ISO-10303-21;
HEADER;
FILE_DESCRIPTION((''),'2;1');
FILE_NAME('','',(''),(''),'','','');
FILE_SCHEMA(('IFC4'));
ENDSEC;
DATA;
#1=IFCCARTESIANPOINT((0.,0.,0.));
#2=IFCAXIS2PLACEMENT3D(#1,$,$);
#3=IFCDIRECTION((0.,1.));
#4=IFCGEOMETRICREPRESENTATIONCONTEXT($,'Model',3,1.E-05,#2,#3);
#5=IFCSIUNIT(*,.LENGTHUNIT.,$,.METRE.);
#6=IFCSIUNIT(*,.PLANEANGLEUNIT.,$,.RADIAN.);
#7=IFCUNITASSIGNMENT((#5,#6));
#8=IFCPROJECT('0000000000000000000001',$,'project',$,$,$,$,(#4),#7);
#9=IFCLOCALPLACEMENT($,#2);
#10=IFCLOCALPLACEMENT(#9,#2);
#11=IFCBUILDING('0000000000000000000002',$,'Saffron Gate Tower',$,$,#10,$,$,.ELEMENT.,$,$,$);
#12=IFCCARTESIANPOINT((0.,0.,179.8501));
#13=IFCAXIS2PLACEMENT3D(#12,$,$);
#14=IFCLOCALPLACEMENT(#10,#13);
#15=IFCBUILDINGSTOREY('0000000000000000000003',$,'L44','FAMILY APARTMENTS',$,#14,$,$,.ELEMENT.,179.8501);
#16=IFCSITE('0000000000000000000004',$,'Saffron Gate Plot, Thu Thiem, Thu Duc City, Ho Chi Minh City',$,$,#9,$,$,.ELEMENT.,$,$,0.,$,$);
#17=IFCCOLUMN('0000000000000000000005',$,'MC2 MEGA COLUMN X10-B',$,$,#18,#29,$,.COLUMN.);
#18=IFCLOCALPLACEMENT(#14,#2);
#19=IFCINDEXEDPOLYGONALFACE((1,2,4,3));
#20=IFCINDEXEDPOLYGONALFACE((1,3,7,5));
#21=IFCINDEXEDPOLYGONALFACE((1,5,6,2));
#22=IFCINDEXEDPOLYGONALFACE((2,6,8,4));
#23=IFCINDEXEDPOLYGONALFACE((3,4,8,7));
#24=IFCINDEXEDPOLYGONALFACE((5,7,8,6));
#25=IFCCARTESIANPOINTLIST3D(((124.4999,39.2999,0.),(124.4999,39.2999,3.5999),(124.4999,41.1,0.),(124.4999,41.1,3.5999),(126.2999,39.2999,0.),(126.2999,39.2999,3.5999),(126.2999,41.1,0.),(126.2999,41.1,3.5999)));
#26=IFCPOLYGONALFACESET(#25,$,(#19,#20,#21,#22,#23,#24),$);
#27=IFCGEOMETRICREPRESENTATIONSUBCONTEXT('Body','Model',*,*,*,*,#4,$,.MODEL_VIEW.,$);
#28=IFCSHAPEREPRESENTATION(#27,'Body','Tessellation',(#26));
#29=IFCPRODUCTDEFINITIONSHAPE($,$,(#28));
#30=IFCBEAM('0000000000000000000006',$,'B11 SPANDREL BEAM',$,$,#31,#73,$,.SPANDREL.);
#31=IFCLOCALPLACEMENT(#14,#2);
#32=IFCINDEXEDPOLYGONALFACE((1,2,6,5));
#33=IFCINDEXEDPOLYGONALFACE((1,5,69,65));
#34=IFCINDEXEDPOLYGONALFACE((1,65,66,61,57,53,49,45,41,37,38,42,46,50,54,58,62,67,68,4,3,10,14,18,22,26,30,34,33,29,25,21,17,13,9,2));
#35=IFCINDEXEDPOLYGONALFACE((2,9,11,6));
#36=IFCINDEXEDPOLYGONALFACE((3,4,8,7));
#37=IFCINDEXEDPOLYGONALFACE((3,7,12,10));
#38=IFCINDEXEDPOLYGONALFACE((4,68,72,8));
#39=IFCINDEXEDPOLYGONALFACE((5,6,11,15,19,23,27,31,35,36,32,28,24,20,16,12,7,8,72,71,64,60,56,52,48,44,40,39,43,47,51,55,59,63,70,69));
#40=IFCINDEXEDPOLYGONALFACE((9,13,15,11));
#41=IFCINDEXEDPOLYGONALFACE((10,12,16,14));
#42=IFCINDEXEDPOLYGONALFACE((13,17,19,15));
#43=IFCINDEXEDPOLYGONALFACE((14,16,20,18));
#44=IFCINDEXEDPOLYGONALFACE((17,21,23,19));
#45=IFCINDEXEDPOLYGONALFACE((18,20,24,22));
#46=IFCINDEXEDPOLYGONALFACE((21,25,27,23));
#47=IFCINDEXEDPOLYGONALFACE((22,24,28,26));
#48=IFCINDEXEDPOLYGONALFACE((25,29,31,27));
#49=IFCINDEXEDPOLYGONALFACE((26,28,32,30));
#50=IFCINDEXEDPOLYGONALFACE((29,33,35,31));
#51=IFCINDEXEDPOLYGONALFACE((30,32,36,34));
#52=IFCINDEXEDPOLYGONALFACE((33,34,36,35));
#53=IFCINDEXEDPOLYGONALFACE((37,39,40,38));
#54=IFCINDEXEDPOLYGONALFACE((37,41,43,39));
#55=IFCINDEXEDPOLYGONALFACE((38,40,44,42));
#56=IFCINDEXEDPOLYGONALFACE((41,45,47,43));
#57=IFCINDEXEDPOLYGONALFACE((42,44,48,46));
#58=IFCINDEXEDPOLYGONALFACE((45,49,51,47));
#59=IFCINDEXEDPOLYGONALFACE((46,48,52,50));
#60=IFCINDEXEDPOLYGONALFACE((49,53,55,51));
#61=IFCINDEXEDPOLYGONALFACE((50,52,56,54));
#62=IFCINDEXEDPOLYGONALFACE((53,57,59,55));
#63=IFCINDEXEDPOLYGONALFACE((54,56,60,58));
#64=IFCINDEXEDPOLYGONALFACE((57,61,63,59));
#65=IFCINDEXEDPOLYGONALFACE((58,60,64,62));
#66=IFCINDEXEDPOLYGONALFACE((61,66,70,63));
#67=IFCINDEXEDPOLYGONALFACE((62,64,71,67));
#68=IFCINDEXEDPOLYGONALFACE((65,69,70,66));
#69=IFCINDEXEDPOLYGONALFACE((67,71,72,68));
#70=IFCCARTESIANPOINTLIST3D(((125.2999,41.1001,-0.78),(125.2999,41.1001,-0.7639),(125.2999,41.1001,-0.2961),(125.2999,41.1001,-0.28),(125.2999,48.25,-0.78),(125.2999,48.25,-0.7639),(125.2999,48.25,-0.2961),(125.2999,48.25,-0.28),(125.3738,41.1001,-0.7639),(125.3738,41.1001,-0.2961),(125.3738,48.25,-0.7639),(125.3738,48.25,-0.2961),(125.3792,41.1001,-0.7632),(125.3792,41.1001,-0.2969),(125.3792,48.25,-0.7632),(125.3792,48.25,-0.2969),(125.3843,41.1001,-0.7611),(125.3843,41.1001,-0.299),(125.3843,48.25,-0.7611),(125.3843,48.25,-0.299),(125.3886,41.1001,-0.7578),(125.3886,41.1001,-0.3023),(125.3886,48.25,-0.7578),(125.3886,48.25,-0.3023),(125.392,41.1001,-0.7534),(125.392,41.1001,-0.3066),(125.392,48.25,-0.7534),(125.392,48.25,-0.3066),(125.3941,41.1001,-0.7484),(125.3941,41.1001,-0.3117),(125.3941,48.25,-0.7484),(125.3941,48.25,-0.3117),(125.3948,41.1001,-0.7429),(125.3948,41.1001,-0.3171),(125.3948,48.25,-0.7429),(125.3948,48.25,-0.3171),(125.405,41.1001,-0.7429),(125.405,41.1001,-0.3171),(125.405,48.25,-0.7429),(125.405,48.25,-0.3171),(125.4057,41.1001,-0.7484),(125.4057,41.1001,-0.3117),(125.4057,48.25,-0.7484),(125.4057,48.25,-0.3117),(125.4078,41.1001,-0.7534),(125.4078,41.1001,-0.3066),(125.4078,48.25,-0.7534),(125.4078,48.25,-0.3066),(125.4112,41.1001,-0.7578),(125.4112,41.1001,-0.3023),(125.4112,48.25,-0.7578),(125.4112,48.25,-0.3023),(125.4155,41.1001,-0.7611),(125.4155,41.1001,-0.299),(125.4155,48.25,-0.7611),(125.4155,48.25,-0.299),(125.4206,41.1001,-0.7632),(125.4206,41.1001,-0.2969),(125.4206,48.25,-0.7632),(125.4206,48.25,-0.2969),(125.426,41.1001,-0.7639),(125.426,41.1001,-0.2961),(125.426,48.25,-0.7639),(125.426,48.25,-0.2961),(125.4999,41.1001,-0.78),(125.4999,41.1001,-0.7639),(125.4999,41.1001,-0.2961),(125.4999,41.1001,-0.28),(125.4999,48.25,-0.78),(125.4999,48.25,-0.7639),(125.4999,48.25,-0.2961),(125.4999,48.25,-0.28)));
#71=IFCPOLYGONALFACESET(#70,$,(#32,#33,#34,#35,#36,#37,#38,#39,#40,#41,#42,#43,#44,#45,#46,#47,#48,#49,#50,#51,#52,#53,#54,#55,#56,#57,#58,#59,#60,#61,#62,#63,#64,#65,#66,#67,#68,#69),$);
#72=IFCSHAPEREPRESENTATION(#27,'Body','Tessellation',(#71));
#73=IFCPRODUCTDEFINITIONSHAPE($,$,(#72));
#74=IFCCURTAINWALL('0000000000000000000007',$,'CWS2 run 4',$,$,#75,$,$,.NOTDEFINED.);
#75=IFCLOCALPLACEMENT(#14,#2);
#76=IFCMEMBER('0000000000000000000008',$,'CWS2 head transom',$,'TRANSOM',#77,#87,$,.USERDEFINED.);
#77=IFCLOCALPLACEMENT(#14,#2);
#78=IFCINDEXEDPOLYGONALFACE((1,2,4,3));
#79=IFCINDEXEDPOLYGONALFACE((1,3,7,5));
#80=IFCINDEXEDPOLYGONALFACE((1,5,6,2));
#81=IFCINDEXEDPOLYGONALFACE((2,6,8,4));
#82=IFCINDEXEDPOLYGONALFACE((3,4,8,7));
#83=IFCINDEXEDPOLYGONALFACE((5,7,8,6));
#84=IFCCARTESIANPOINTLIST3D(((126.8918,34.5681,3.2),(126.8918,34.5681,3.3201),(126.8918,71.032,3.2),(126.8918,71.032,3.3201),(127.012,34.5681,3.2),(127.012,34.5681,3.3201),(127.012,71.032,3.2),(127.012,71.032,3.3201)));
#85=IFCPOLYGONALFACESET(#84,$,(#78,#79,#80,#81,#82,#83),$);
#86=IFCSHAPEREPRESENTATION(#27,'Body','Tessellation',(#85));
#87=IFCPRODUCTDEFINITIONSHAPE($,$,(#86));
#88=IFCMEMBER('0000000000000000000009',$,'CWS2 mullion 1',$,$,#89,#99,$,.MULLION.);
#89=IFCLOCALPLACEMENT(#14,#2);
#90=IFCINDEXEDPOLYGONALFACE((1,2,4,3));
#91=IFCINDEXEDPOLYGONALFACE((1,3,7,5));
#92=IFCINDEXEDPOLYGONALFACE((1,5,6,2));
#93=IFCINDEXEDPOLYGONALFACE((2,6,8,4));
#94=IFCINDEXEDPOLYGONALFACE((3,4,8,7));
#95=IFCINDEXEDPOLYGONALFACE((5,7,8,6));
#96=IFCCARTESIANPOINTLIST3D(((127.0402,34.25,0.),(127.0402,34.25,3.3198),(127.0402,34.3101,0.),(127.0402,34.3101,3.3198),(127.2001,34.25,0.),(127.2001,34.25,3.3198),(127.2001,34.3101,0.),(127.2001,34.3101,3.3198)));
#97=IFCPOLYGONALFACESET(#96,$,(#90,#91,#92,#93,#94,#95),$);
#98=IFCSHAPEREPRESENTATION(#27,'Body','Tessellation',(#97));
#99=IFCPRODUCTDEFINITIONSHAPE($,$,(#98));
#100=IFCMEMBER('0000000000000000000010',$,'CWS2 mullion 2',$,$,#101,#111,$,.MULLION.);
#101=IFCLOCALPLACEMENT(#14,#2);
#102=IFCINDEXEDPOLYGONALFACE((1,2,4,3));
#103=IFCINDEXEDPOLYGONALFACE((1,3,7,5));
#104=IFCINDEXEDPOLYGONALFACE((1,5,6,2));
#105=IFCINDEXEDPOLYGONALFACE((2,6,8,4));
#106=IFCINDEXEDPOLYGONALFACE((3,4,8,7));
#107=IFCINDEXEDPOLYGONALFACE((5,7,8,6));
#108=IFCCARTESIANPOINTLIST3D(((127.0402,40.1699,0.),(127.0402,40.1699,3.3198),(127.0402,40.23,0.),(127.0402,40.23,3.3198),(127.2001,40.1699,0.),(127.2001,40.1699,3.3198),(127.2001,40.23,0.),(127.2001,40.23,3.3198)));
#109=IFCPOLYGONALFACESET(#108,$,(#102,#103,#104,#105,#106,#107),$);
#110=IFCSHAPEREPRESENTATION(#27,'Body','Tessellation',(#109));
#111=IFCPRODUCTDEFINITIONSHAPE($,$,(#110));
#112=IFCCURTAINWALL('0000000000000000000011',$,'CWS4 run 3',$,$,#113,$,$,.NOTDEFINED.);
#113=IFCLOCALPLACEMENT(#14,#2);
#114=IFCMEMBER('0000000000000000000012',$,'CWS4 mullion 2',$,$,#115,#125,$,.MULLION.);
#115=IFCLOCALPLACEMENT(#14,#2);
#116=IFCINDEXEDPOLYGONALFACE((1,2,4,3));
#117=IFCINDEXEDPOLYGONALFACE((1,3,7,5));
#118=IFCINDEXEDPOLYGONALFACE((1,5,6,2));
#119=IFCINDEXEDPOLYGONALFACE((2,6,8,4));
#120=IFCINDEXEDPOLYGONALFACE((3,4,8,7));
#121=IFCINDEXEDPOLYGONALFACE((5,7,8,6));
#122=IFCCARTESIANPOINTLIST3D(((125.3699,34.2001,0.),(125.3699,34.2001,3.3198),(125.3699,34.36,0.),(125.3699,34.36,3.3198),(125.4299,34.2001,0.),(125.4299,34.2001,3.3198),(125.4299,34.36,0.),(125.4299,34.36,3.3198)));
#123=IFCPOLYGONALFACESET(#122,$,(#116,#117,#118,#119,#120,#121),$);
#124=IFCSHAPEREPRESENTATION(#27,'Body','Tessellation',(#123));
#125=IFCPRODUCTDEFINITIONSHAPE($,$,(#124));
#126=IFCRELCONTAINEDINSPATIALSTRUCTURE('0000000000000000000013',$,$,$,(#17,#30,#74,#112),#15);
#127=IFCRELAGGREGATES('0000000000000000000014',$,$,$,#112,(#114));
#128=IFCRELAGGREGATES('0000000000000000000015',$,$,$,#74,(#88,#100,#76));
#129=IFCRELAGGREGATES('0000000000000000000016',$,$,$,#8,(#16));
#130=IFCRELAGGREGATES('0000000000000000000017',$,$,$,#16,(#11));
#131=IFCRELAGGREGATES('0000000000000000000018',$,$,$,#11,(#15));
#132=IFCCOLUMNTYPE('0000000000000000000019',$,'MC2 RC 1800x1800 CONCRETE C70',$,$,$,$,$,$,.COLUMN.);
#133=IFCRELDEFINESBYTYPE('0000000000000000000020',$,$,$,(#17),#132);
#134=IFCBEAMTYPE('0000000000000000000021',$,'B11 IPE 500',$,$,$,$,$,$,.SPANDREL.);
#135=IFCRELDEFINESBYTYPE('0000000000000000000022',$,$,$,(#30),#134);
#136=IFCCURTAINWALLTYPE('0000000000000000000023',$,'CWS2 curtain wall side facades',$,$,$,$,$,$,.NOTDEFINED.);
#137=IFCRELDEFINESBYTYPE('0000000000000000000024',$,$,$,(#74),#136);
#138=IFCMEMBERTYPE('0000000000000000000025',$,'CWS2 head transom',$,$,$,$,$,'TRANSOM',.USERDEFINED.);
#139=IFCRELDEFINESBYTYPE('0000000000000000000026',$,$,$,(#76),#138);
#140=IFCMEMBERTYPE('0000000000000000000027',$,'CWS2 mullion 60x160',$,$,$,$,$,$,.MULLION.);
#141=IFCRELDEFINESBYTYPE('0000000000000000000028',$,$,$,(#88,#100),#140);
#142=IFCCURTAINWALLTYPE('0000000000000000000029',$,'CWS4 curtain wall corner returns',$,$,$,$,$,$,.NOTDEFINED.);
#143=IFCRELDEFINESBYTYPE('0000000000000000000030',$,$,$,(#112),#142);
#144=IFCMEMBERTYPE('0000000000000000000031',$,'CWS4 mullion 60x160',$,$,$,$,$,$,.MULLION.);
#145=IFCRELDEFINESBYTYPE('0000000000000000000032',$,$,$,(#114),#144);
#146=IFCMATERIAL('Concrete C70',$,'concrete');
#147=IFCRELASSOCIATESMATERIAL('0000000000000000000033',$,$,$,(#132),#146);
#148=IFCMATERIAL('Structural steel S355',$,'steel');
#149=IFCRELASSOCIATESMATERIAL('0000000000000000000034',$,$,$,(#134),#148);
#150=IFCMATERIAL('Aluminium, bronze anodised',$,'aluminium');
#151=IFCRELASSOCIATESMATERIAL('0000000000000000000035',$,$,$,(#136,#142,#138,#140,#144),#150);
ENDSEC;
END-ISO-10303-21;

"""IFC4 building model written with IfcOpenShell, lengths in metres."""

from ifc_helpers import new_model, si_unit, direction, frame, origin, origin_2d, place, context, subcontext, project, spatial, rectangle, i_section, extrude, material, material_profile, profile_set, type_object, element, aggregate, save


model = new_model("IFC4")

# Units and contexts
model_context = context("Model", 3, precision=1e-05, world=origin(), true_north=direction((0.0, 1.0)))
body_context = subcontext(model_context, "Body", "Model", "MODEL_VIEW")
ifc_project = project(units=[si_unit("LENGTHUNIT", "METRE"), si_unit("PLANEANGLEUNIT", "RADIAN")], contexts=[model_context])

# Site, building, storey
site_placement = place(None, origin())
site = spatial("IfcSite", under=ifc_project, at=site_placement, Name="Saffron Gate Plot, Thu Thiem, Thu Duc City, Ho Chi Minh City", CompositionType="ELEMENT", RefElevation=0.0)
building_placement = place(site_placement, origin())
building = spatial("IfcBuilding", under=site, at=building_placement, Name="Saffron Gate Tower", CompositionType="ELEMENT")
storey_placement = place(building_placement, frame((0.0, 0.0, 179.8501)))
storey = spatial("IfcBuildingStorey", under=building, at=storey_placement, Name="L44", Description="FAMILY APARTMENTS", CompositionType="ELEMENT", Elevation=179.8501)

# Column
ifc_material_1 = material(Name="Concrete C70", Category="concrete")
ifc_material_profile_1 = material_profile(ifc_material_1, rectangle(XDim=1.8, YDim=1.8, at=origin_2d()))
ifc_profile_set_1 = profile_set([ifc_material_profile_1], Name="Concrete C70")
column_type = type_object("IfcColumnType", Name="MC2 RC 1800x1800 CONCRETE C70", PredefinedType="COLUMN", material=ifc_profile_set_1)
column_placement = place(storey_placement, frame((125.3999, 40.2, 0.0), z_axis=(0.0, 0.0, 1.0), x_axis=(1.0, 0.0, 0.0)))
element("IfcColumn", 1, at=column_placement, inside=storey, type_object=column_type, Name="MC2 MEGA COLUMN X10-B", PredefinedType="COLUMN", context=body_context, shape_type="SweptSolid", body=[
    extrude(rectangle(XDim=1.8, YDim=1.8, at=origin_2d()), origin(), (0.0, 0.0, 1.0), 3.5999),
])

# Beam
ifc_material_2 = material(Name="Structural steel S355", Category="steel")
ifc_material_profile_2 = material_profile(ifc_material_2, i_section(OverallWidth=0.2, OverallDepth=0.5, WebThickness=0.0103, FlangeThickness=0.0161, FilletRadius=0.021, at=origin_2d()))
ifc_profile_set_2 = profile_set([ifc_material_profile_2], Name="Structural steel S355")
beam_type = type_object("IfcBeamType", Name="B11 IPE 500", PredefinedType="SPANDREL", material=ifc_profile_set_2)
beam_placement = place(storey_placement, frame((125.3999, 41.1001, -0.53), z_axis=(0.0, 1.0, 0.0), x_axis=(-1.0, 0.0, 0.0)))
element("IfcBeam", 2, at=beam_placement, inside=storey, type_object=beam_type, Name="B11 SPANDREL BEAM", PredefinedType="SPANDREL", context=body_context, shape_type="SweptSolid", body=[
    extrude(i_section(OverallWidth=0.2, OverallDepth=0.5, WebThickness=0.0103, FlangeThickness=0.0161, FilletRadius=0.021, at=origin_2d()), origin(), (0.0, 0.0, 1.0), 7.1499),
])

# Curtain wall, members
ifc_material_3 = material(Name="Aluminium, bronze anodised", Category="aluminium")
curtain_wall_type_1 = type_object("IfcCurtainWallType", Name="CWS2 curtain wall side facades", PredefinedType="NOTDEFINED", material=ifc_material_3)
curtain_wall_1_placement = place(storey_placement, origin())
curtain_wall_1 = element("IfcCurtainWall", 3, at=curtain_wall_1_placement, inside=storey, type_object=curtain_wall_type_1, Name="CWS2 run 4", PredefinedType="NOTDEFINED")
ifc_material_profile_3 = material_profile(ifc_material_3, rectangle(XDim=0.1201, YDim=0.1201, at=origin_2d()))
ifc_profile_set_3 = profile_set([ifc_material_profile_3], Name="Aluminium, bronze anodised")
member_type_1 = type_object("IfcMemberType", Name="CWS2 head transom", ElementType="TRANSOM", PredefinedType="USERDEFINED", material=ifc_profile_set_3)
member_1_placement = place(storey_placement, frame((126.9519, 34.5681, 3.26), z_axis=(0.0, 1.0, 0.0), x_axis=(-1.0, 0.0, 0.0)))
member_1 = element("IfcMember", 4, at=member_1_placement, type_object=member_type_1, Name="CWS2 head transom", ObjectType="TRANSOM", PredefinedType="USERDEFINED", context=body_context, shape_type="SweptSolid", body=[
    extrude(rectangle(XDim=0.1201, YDim=0.1201, at=origin_2d()), origin(), (0.0, 0.0, 1.0), 36.4639),
])
ifc_material_profile_4 = material_profile(ifc_material_3, rectangle(XDim=0.1599, YDim=0.0601, at=origin_2d()))
ifc_profile_set_4 = profile_set([ifc_material_profile_4], Name="Aluminium, bronze anodised")
member_type_2 = type_object("IfcMemberType", Name="CWS2 mullion 60x160", PredefinedType="MULLION", material=ifc_profile_set_4)
member_2_placement = place(storey_placement, frame((127.1201, 34.28, 0.0), z_axis=(0.0, 0.0, 1.0), x_axis=(-1.0, 0.0, 0.0)))
member_2 = element("IfcMember", 5, at=member_2_placement, type_object=member_type_2, Name="CWS2 mullion 1", PredefinedType="MULLION", context=body_context, shape_type="SweptSolid", body=[
    extrude(rectangle(XDim=0.1599, YDim=0.0601, at=origin_2d()), origin(), (0.0, 0.0, 1.0), 3.3198),
])
member_3_placement = place(storey_placement, frame((127.1201, 40.2, 0.0), z_axis=(0.0, 0.0, 1.0), x_axis=(-1.0, 0.0, 0.0)))
member_3 = element("IfcMember", 6, at=member_3_placement, type_object=member_type_2, Name="CWS2 mullion 2", PredefinedType="MULLION", context=body_context, shape_type="SweptSolid", body=[
    extrude(rectangle(XDim=0.1599, YDim=0.0601, at=origin_2d()), origin(), (0.0, 0.0, 1.0), 3.3198),
])

# Curtain wall, member
curtain_wall_type_2 = type_object("IfcCurtainWallType", Name="CWS4 curtain wall corner returns", PredefinedType="NOTDEFINED", material=ifc_material_3)
curtain_wall_2_placement = place(storey_placement, origin())
curtain_wall_2 = element("IfcCurtainWall", 7, at=curtain_wall_2_placement, inside=storey, type_object=curtain_wall_type_2, Name="CWS4 run 3", PredefinedType="NOTDEFINED")
ifc_material_profile_5 = material_profile(ifc_material_3, rectangle(XDim=0.1599, YDim=0.0601, at=origin_2d()))
ifc_profile_set_5 = profile_set([ifc_material_profile_5], Name="Aluminium, bronze anodised")
member_type_3 = type_object("IfcMemberType", Name="CWS4 mullion 60x160", PredefinedType="MULLION", material=ifc_profile_set_5)
member_4_placement = place(storey_placement, frame((125.3999, 34.28, 0.0), z_axis=(0.0, 0.0, 1.0), x_axis=(0.0, 1.0, 0.0)))
member_4 = element("IfcMember", 8, at=member_4_placement, type_object=member_type_3, Name="CWS4 mullion 2", PredefinedType="MULLION", context=body_context, shape_type="SweptSolid", body=[
    extrude(rectangle(XDim=0.1599, YDim=0.0601, at=origin_2d()), origin(), (0.0, 0.0, 1.0), 3.3198),
])
aggregate(curtain_wall_2, [member_4])

aggregate(curtain_wall_1, [member_2, member_3, member_1])

save(model, "model.ifc")
